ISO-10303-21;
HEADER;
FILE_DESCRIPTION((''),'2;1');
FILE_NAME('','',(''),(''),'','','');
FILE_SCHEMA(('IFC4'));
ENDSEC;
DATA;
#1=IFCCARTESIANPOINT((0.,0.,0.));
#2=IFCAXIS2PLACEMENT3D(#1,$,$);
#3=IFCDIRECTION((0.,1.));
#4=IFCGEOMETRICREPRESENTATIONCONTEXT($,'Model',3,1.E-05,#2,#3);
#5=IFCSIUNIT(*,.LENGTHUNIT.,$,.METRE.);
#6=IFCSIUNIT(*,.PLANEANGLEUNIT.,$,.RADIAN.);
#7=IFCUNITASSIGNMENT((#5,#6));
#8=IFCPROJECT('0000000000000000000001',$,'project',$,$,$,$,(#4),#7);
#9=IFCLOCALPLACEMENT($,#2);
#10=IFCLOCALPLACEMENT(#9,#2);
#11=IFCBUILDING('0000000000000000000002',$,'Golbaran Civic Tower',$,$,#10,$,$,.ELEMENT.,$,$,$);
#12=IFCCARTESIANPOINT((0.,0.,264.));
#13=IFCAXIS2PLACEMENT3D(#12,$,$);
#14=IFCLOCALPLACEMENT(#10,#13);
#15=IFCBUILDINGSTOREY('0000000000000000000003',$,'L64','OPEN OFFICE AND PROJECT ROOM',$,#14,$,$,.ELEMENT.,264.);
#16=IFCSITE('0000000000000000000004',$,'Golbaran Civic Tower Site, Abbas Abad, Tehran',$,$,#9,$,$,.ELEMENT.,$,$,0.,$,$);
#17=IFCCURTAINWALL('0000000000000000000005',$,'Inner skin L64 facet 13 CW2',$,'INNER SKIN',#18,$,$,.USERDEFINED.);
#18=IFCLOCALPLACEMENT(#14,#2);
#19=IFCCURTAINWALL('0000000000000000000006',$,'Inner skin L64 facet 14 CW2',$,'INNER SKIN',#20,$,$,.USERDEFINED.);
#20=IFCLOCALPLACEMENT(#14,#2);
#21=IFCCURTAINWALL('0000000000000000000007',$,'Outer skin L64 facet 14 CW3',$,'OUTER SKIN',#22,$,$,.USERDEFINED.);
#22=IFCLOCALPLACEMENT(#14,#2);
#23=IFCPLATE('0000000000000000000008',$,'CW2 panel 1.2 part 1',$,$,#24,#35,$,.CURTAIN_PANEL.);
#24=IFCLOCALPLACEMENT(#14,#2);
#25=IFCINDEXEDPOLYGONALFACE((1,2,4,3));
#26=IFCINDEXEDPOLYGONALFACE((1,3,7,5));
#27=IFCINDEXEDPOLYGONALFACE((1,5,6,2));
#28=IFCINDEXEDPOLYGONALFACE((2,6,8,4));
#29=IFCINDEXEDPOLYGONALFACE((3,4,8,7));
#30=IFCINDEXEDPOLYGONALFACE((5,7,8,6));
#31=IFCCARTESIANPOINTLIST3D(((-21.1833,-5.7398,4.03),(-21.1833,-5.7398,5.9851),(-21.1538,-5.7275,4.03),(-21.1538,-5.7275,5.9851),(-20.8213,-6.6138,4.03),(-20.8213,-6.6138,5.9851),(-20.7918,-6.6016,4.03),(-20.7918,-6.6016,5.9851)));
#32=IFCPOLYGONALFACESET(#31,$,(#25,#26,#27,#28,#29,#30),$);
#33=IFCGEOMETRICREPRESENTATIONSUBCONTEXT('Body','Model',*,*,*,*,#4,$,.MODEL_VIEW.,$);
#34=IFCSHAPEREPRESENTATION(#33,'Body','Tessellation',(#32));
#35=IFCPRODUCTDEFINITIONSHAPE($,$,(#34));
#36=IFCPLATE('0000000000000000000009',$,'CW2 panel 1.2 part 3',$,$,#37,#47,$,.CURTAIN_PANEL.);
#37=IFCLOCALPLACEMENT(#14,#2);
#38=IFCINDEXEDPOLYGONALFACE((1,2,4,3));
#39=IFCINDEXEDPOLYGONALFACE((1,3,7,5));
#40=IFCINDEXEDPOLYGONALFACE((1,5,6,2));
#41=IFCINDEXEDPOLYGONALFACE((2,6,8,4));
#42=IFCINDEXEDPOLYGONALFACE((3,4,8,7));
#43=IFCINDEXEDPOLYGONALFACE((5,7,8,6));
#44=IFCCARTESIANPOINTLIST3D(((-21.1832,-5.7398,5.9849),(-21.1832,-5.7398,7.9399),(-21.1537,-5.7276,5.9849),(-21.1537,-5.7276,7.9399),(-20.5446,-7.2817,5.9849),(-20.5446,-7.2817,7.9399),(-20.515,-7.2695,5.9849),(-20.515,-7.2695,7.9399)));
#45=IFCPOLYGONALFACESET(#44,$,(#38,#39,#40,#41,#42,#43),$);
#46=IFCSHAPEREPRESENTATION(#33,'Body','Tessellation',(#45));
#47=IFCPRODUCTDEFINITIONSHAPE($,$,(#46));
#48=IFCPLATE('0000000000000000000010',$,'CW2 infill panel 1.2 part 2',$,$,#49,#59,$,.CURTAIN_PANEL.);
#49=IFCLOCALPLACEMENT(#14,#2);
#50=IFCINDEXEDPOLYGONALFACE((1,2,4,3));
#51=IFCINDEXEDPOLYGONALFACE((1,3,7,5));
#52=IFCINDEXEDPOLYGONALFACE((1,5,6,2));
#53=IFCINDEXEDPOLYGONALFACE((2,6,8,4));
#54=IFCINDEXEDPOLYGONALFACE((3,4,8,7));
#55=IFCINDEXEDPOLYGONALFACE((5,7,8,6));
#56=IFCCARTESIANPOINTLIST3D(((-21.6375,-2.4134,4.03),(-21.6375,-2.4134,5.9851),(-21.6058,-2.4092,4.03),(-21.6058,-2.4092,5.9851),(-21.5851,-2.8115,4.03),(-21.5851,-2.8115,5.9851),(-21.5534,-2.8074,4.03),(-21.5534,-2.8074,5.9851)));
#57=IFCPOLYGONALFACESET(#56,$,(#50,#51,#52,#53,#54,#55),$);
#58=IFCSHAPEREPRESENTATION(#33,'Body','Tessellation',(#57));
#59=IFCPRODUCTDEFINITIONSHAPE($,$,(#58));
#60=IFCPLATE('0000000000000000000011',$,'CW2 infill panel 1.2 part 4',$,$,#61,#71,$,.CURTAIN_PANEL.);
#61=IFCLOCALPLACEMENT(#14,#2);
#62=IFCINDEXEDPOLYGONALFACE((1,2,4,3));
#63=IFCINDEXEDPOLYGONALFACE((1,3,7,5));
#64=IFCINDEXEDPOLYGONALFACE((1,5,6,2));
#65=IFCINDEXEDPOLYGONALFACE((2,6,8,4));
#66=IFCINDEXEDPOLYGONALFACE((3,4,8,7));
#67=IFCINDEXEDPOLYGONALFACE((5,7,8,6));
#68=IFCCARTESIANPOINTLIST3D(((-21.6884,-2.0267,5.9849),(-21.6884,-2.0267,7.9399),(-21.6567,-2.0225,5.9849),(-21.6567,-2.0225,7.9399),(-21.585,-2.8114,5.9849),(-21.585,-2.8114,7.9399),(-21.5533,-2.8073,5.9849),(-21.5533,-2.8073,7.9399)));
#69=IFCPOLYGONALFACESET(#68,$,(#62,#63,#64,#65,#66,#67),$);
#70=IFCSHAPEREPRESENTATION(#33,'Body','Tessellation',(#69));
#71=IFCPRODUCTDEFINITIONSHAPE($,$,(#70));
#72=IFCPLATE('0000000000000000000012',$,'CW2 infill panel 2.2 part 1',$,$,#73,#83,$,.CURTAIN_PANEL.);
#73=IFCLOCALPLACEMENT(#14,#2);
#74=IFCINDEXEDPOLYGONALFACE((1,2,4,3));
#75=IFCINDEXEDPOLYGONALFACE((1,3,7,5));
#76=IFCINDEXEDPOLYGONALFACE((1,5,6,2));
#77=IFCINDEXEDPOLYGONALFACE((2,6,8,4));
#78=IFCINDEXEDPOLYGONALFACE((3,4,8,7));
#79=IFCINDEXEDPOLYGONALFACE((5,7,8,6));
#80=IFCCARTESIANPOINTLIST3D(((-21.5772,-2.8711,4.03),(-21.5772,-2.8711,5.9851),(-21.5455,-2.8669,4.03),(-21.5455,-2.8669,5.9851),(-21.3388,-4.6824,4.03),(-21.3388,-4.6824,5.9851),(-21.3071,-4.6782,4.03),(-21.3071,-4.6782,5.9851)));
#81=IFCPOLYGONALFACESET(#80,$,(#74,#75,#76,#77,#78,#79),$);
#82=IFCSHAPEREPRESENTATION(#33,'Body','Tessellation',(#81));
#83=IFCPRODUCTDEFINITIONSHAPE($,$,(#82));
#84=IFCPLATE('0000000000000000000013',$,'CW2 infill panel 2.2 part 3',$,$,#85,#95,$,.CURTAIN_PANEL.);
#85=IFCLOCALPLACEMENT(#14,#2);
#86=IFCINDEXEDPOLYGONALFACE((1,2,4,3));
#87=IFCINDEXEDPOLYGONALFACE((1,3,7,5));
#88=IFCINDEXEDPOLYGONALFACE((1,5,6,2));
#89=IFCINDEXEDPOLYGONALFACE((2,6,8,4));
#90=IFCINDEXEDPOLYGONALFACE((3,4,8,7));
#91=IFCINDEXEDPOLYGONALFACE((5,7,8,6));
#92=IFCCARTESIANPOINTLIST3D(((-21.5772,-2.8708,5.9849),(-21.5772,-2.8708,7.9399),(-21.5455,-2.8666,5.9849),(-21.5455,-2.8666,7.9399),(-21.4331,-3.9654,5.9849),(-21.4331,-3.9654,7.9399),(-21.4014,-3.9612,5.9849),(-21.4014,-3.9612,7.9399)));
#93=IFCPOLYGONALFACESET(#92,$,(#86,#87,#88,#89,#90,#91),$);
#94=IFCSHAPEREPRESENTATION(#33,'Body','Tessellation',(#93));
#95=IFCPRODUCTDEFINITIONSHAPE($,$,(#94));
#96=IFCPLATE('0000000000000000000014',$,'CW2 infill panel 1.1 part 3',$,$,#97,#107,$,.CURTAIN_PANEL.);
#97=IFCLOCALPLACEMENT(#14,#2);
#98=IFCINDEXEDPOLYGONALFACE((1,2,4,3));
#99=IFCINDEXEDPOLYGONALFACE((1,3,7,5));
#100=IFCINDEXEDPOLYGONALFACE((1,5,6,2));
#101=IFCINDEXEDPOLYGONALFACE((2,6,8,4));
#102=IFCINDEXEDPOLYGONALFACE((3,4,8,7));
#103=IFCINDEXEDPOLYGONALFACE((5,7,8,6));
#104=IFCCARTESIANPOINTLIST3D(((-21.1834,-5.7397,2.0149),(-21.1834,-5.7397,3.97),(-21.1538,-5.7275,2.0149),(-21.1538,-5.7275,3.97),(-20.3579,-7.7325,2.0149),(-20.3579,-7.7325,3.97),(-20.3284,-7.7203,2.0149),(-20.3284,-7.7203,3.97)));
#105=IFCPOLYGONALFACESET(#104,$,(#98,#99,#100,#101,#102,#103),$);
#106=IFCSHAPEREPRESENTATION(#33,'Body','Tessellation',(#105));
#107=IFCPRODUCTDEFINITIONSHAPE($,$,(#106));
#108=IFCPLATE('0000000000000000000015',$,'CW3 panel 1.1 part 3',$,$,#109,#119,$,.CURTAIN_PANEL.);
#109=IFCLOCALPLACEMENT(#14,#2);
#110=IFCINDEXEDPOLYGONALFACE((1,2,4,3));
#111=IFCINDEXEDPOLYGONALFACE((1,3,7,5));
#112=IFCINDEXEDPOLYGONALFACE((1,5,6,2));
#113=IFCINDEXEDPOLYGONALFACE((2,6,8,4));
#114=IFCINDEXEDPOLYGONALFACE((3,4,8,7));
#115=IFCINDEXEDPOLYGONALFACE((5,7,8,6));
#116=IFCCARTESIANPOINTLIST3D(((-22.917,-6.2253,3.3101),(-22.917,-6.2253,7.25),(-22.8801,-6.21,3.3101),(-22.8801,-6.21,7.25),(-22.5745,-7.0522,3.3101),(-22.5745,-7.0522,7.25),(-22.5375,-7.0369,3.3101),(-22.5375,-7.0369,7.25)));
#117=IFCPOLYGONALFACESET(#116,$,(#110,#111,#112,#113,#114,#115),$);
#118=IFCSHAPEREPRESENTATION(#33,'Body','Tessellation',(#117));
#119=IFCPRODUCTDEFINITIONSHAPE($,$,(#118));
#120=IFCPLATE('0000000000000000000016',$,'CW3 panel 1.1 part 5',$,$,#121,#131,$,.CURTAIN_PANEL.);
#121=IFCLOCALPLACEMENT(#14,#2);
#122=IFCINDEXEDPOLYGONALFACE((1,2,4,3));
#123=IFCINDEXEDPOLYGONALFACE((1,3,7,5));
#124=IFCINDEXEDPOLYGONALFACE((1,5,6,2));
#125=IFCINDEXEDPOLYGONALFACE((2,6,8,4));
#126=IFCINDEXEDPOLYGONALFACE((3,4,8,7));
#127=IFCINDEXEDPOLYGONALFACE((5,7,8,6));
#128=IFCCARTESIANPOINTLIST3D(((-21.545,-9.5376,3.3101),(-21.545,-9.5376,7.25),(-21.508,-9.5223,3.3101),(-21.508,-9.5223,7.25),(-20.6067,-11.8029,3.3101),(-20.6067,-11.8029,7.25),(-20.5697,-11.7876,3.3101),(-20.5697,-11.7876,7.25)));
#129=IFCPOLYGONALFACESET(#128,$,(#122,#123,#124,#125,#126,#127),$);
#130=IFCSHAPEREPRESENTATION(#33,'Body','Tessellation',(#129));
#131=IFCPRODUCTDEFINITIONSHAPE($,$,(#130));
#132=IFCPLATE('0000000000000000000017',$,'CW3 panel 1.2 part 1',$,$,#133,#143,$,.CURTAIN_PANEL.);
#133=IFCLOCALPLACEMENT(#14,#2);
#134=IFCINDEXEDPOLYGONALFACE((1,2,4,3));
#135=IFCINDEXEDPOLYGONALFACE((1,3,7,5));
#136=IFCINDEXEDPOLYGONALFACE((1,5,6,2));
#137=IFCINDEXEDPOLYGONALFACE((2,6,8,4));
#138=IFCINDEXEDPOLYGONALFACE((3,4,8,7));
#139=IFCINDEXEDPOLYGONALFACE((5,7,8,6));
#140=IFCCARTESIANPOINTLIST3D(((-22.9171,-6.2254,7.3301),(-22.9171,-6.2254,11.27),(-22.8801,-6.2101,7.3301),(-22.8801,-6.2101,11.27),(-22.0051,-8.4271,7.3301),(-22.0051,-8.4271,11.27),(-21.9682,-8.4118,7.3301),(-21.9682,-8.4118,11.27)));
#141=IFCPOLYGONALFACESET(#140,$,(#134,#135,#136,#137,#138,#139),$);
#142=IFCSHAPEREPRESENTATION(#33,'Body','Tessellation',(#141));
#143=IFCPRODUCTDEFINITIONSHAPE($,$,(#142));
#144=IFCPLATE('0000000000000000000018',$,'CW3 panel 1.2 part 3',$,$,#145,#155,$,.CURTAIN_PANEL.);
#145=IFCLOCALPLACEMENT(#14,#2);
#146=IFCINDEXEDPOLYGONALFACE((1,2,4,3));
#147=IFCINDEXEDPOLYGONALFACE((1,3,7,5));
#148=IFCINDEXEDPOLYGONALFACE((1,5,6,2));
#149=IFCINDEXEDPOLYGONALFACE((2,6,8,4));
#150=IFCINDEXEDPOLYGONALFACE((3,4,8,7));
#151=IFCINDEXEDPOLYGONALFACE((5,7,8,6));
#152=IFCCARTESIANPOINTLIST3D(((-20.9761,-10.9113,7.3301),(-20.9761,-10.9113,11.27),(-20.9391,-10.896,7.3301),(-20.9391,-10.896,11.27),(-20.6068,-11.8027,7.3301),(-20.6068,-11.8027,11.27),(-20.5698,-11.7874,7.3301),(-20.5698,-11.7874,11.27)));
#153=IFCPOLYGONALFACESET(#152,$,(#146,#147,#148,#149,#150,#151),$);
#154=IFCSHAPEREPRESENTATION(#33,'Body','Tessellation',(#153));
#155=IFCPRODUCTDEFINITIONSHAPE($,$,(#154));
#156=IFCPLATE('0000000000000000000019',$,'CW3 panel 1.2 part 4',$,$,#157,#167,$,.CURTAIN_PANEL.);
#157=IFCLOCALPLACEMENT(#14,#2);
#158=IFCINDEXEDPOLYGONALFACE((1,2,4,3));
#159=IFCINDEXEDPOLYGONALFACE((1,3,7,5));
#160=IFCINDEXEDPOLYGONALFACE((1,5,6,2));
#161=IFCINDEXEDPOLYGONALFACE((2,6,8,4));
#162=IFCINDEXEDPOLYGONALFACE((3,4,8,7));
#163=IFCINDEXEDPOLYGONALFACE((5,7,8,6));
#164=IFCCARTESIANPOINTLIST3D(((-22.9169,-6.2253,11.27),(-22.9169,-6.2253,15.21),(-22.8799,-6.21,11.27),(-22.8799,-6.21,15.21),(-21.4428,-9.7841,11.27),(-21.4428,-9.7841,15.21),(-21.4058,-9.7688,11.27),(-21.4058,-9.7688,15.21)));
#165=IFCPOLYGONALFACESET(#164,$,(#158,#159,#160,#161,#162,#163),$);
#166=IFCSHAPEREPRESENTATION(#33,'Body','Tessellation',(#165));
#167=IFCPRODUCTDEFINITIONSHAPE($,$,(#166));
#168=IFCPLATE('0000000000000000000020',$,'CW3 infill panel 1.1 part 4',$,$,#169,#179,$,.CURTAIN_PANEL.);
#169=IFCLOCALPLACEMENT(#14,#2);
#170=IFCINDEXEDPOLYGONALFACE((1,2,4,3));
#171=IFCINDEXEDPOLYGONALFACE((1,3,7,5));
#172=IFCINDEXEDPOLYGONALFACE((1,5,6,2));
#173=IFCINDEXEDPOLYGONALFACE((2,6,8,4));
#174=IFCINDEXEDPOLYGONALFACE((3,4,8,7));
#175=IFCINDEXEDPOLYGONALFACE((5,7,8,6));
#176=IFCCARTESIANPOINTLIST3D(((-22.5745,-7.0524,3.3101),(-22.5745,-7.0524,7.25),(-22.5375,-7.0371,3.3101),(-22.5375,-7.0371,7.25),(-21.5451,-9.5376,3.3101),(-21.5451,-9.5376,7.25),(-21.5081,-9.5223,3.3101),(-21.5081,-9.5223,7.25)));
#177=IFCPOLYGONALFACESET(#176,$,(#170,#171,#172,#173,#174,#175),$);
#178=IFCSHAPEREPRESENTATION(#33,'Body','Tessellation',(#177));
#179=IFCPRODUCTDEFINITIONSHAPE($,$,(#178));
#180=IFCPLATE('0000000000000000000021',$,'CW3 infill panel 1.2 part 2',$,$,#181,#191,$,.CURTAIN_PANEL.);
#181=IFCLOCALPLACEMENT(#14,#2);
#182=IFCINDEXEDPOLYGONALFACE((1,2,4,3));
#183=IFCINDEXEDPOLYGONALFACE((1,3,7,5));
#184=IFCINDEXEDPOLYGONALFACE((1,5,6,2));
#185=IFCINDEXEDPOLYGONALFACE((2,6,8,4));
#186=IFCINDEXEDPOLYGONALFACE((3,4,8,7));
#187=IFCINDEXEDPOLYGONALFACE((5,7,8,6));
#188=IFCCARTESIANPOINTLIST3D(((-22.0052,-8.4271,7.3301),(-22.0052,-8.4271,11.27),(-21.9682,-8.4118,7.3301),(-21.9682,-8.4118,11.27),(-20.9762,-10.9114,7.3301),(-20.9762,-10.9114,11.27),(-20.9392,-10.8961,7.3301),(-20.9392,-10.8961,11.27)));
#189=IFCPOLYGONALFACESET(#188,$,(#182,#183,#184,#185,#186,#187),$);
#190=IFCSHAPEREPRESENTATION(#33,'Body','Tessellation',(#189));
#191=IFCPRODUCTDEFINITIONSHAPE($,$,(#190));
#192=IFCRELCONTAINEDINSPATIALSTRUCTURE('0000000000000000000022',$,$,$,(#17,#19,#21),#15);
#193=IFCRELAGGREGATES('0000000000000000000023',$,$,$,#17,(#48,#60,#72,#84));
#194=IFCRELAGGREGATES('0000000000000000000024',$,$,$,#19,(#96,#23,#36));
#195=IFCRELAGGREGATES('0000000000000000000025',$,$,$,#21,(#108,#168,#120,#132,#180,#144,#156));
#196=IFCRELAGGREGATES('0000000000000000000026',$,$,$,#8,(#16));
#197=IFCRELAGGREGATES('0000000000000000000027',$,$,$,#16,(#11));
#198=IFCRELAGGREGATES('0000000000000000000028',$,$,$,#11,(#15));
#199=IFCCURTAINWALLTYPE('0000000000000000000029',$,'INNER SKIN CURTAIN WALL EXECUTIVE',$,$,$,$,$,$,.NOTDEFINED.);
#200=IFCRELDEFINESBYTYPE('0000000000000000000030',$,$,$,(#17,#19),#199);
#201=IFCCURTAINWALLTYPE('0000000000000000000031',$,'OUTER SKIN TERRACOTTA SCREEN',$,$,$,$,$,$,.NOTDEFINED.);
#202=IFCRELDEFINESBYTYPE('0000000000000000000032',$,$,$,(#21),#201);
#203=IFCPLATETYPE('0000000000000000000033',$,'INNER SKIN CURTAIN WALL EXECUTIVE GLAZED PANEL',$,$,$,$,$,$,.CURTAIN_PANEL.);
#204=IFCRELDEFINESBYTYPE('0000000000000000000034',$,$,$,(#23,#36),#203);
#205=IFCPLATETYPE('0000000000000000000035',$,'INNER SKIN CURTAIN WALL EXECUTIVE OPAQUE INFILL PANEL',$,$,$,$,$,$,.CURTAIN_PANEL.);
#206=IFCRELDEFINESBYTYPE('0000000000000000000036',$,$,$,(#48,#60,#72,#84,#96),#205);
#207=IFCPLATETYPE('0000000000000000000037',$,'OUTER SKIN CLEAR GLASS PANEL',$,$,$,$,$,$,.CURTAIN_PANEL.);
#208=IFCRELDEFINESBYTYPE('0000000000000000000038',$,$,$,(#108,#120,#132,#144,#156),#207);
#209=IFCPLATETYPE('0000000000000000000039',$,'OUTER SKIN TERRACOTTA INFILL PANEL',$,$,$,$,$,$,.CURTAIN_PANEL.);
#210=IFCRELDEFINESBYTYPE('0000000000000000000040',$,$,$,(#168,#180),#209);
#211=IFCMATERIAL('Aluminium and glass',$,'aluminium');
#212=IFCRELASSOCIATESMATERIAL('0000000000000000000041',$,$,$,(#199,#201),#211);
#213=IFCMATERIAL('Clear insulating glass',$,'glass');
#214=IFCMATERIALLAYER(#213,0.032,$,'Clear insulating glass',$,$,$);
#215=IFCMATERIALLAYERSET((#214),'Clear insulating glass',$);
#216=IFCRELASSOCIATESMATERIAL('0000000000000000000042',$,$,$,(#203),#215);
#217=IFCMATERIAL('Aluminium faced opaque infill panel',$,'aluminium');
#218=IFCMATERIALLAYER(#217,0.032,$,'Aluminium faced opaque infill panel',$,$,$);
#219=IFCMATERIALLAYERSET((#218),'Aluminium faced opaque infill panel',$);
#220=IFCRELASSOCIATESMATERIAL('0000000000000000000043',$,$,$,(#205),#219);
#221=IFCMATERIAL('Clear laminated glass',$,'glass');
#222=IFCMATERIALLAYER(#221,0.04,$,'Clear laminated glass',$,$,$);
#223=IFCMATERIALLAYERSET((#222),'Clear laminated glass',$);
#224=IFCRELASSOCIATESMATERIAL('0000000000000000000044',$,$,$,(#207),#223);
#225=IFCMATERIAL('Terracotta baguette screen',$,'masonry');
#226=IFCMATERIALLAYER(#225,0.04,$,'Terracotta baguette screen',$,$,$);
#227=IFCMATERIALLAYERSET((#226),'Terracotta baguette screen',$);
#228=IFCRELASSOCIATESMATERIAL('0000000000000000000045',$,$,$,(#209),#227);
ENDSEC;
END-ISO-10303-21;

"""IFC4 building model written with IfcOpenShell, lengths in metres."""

from ifc_helpers import new_model, si_unit, direction, frame, origin, origin_2d, place, context, subcontext, project, spatial, rectangle, extrude, material, layer, layer_set, type_object, element, aggregate, save


model = new_model("IFC4")

# Units and contexts
model_context = context("Model", 3, precision=1e-05, world=origin(), true_north=direction((0.0, 1.0)))
body_context = subcontext(model_context, "Body", "Model", "MODEL_VIEW")
ifc_project = project(units=[si_unit("LENGTHUNIT", "METRE"), si_unit("PLANEANGLEUNIT", "RADIAN")], contexts=[model_context])

# Site, building, storey
site_placement = place(None, origin())
site = spatial("IfcSite", under=ifc_project, at=site_placement, Name="Golbaran Civic Tower Site, Abbas Abad, Tehran", CompositionType="ELEMENT", RefElevation=0.0)
building_placement = place(site_placement, origin())
building = spatial("IfcBuilding", under=site, at=building_placement, Name="Golbaran Civic Tower", CompositionType="ELEMENT")
storey_placement = place(building_placement, frame((0.0, 0.0, 264.0)))
storey = spatial("IfcBuildingStorey", under=building, at=storey_placement, Name="L64", Description="OPEN OFFICE AND PROJECT ROOM", CompositionType="ELEMENT", Elevation=264.0)

# Curtain walls
ifc_material_1 = material(Name="Aluminium and glass", Category="aluminium")
curtain_wall_type_1 = type_object("IfcCurtainWallType", Name="INNER SKIN CURTAIN WALL EXECUTIVE", PredefinedType="NOTDEFINED", material=ifc_material_1)
curtain_wall_1_placement = place(storey_placement, origin())
curtain_wall_1 = element("IfcCurtainWall", 1, at=curtain_wall_1_placement, inside=storey, type_object=curtain_wall_type_1, Name="Inner skin L64 facet 13 CW2", ObjectType="INNER SKIN", PredefinedType="USERDEFINED")
curtain_wall_2_placement = place(storey_placement, origin())
curtain_wall_2 = element("IfcCurtainWall", 2, at=curtain_wall_2_placement, inside=storey, type_object=curtain_wall_type_1, Name="Inner skin L64 facet 14 CW2", ObjectType="INNER SKIN", PredefinedType="USERDEFINED")
curtain_wall_type_2 = type_object("IfcCurtainWallType", Name="OUTER SKIN TERRACOTTA SCREEN", PredefinedType="NOTDEFINED", material=ifc_material_1)
curtain_wall_3_placement = place(storey_placement, origin())
curtain_wall_3 = element("IfcCurtainWall", 3, at=curtain_wall_3_placement, inside=storey, type_object=curtain_wall_type_2, Name="Outer skin L64 facet 14 CW3", ObjectType="OUTER SKIN", PredefinedType="USERDEFINED")

# Plates
ifc_material_2 = material(Name="Clear insulating glass", Category="glass")
ifc_layer_1 = layer(ifc_material_2, 0.032, Name="Clear insulating glass")
ifc_layer_set_1 = layer_set([ifc_layer_1], Name="Clear insulating glass")
plate_type_1 = type_object("IfcPlateType", Name="INNER SKIN CURTAIN WALL EXECUTIVE GLAZED PANEL", PredefinedType="CURTAIN_PANEL", material=ifc_layer_set_1)
plate_1_placement = place(storey_placement, frame((-20.9875, -6.1707, 4.03), z_axis=(0.0, 0.0, 1.0), x_axis=(0.382683, -0.92388, 0.0)))
plate_1 = element("IfcPlate", 4, at=plate_1_placement, type_object=plate_type_1, Name="CW2 panel 1.2 part 1", PredefinedType="CURTAIN_PANEL", context=body_context, shape_type="SweptSolid", body=[
    extrude(rectangle(XDim=0.946, YDim=0.032, at=origin_2d()), origin(), (0.0, 0.0, 1.0), 1.9551),
])
plate_2_placement = place(storey_placement, frame((-20.8491, -6.5046, 5.9849), z_axis=(0.0, 0.0, 1.0), x_axis=(0.382683, -0.92388, 0.0)))
plate_2 = element("IfcPlate", 5, at=plate_2_placement, type_object=plate_type_1, Name="CW2 panel 1.2 part 3", PredefinedType="CURTAIN_PANEL", context=body_context, shape_type="SweptSolid", body=[
    extrude(rectangle(XDim=1.6689, YDim=0.032, at=origin_2d()), origin(), (0.0, 0.0, 1.0), 1.9551),
])
ifc_material_3 = material(Name="Aluminium faced opaque infill panel", Category="aluminium")
ifc_layer_2 = layer(ifc_material_3, 0.032, Name="Aluminium faced opaque infill panel")
ifc_layer_set_2 = layer_set([ifc_layer_2], Name="Aluminium faced opaque infill panel")
plate_type_2 = type_object("IfcPlateType", Name="INNER SKIN CURTAIN WALL EXECUTIVE OPAQUE INFILL PANEL", PredefinedType="CURTAIN_PANEL", material=ifc_layer_set_2)
plate_3_placement = place(storey_placement, frame((-21.5955, -2.6104, 4.03), z_axis=(0.0, 0.0, 1.0), x_axis=(0.130526, -0.991445, 0.0)))
plate_3 = element("IfcPlate", 6, at=plate_3_placement, type_object=plate_type_2, Name="CW2 infill panel 1.2 part 2", PredefinedType="CURTAIN_PANEL", context=body_context, shape_type="SweptSolid", body=[
    extrude(rectangle(XDim=0.4016, YDim=0.032, at=origin_2d()), origin(), (0.0, 0.0, 1.0), 1.9551),
])
plate_4_placement = place(storey_placement, frame((-21.6208, -2.417, 5.9849), z_axis=(0.0, 0.0, 1.0), x_axis=(0.130526, -0.991445, 0.0)))
plate_4 = element("IfcPlate", 7, at=plate_4_placement, type_object=plate_type_2, Name="CW2 infill panel 1.2 part 4", PredefinedType="CURTAIN_PANEL", context=body_context, shape_type="SweptSolid", body=[
    extrude(rectangle(XDim=0.7915, YDim=0.032, at=origin_2d()), origin(), (0.0, 0.0, 1.0), 1.9551),
])
plate_5_placement = place(storey_placement, frame((-21.4421, -3.7747, 4.03), z_axis=(0.0, 0.0, 1.0), x_axis=(0.130526, -0.991445, 0.0)))
plate_5 = element("IfcPlate", 8, at=plate_5_placement, type_object=plate_type_2, Name="CW2 infill panel 2.2 part 1", PredefinedType="CURTAIN_PANEL", context=body_context, shape_type="SweptSolid", body=[
    extrude(rectangle(XDim=1.8269, YDim=0.032, at=origin_2d()), origin(), (0.0, 0.0, 1.0), 1.9551),
])
plate_6_placement = place(storey_placement, frame((-21.4893, -3.416, 5.9849), z_axis=(0.0, 0.0, 1.0), x_axis=(0.130526, -0.991445, 0.0)))
plate_6 = element("IfcPlate", 9, at=plate_6_placement, type_object=plate_type_2, Name="CW2 infill panel 2.2 part 3", PredefinedType="CURTAIN_PANEL", context=body_context, shape_type="SweptSolid", body=[
    extrude(rectangle(XDim=1.104, YDim=0.032, at=origin_2d()), origin(), (0.0, 0.0, 1.0), 1.9551),
])
aggregate(curtain_wall_1, [plate_3, plate_4, plate_5, plate_6])
plate_7_placement = place(storey_placement, frame((-20.7559, -6.73, 2.0149), z_axis=(0.0, 0.0, 1.0), x_axis=(0.382683, -0.92388, 0.0)))
plate_7 = element("IfcPlate", 10, at=plate_7_placement, type_object=plate_type_2, Name="CW2 infill panel 1.1 part 3", PredefinedType="CURTAIN_PANEL", context=body_context, shape_type="SweptSolid", body=[
    extrude(rectangle(XDim=2.157, YDim=0.032, at=origin_2d()), origin(), (0.0, 0.0, 1.0), 1.9551),
])
aggregate(curtain_wall_2, [plate_7, plate_1, plate_2])
ifc_material_4 = material(Name="Clear laminated glass", Category="glass")
ifc_layer_3 = layer(ifc_material_4, 0.04, Name="Clear laminated glass")
ifc_layer_set_3 = layer_set([ifc_layer_3], Name="Clear laminated glass")
plate_type_3 = type_object("IfcPlateType", Name="OUTER SKIN CLEAR GLASS PANEL", PredefinedType="CURTAIN_PANEL", material=ifc_layer_set_3)
plate_8_placement = place(storey_placement, frame((-22.7273, -6.6311, 3.3101), z_axis=(0.0, 0.0, 1.0), x_axis=(0.382683, -0.92388, 0.0)))
plate_8 = element("IfcPlate", 11, at=plate_8_placement, type_object=plate_type_3, Name="CW3 panel 1.1 part 3", PredefinedType="CURTAIN_PANEL", context=body_context, shape_type="SweptSolid", body=[
    extrude(rectangle(XDim=0.895, YDim=0.04, at=origin_2d()), origin(), (0.0, 0.0, 1.0), 3.9399),
])
plate_9_placement = place(storey_placement, frame((-21.0574, -10.6626, 3.3101), z_axis=(0.0, 0.0, 1.0), x_axis=(0.382683, -0.92388, 0.0)))
plate_9 = element("IfcPlate", 12, at=plate_9_placement, type_object=plate_type_3, Name="CW3 panel 1.1 part 5", PredefinedType="CURTAIN_PANEL", context=body_context, shape_type="SweptSolid", body=[
    extrude(rectangle(XDim=2.4519, YDim=0.04, at=origin_2d()), origin(), (0.0, 0.0, 1.0), 3.9399),
])
plate_10_placement = place(storey_placement, frame((-22.4426, -7.3186, 7.3301), z_axis=(0.0, 0.0, 1.0), x_axis=(0.382683, -0.92388, 0.0)))
plate_10 = element("IfcPlate", 13, at=plate_10_placement, type_object=plate_type_3, Name="CW3 panel 1.2 part 1", PredefinedType="CURTAIN_PANEL", context=body_context, shape_type="SweptSolid", body=[
    extrude(rectangle(XDim=2.3831, YDim=0.04, at=origin_2d()), origin(), (0.0, 0.0, 1.0), 3.9399),
])
plate_11_placement = place(storey_placement, frame((-20.7729, -11.3494, 7.3301), z_axis=(0.0, 0.0, 1.0), x_axis=(0.382683, -0.92388, 0.0)))
plate_11 = element("IfcPlate", 14, at=plate_11_placement, type_object=plate_type_3, Name="CW3 panel 1.2 part 3", PredefinedType="CURTAIN_PANEL", context=body_context, shape_type="SweptSolid", body=[
    extrude(rectangle(XDim=0.9648, YDim=0.04, at=origin_2d()), origin(), (0.0, 0.0, 1.0), 3.9399),
])
plate_12_placement = place(storey_placement, frame((-22.1614, -7.9971, 11.27), z_axis=(0.0, 0.0, 1.0), x_axis=(0.382683, -0.92388, 0.0)))
plate_12 = element("IfcPlate", 15, at=plate_12_placement, type_object=plate_type_3, Name="CW3 panel 1.2 part 4", PredefinedType="CURTAIN_PANEL", context=body_context, shape_type="SweptSolid", body=[
    extrude(rectangle(XDim=3.8521, YDim=0.04, at=origin_2d()), origin(), (0.0, 0.0, 1.0), 3.9399),
])
ifc_material_5 = material(Name="Terracotta baguette screen", Category="masonry")
ifc_layer_4 = layer(ifc_material_5, 0.04, Name="Terracotta baguette screen")
ifc_layer_set_4 = layer_set([ifc_layer_4], Name="Terracotta baguette screen")
plate_type_4 = type_object("IfcPlateType", Name="OUTER SKIN TERRACOTTA INFILL PANEL", PredefinedType="CURTAIN_PANEL", material=ifc_layer_set_4)
plate_13_placement = place(storey_placement, frame((-22.0413, -8.2874, 3.3101), z_axis=(0.0, 0.0, 1.0), x_axis=(0.382683, -0.92388, 0.0)))
plate_13 = element("IfcPlate", 16, at=plate_13_placement, type_object=plate_type_4, Name="CW3 infill panel 1.1 part 4", PredefinedType="CURTAIN_PANEL", context=body_context, shape_type="SweptSolid", body=[
    extrude(rectangle(XDim=2.6899, YDim=0.04, at=origin_2d()), origin(), (0.0, 0.0, 1.0), 3.9399),
])
plate_14_placement = place(storey_placement, frame((-21.4722, -9.6616, 7.3301), z_axis=(0.0, 0.0, 1.0), x_axis=(0.382683, -0.92388, 0.0)))
plate_14 = element("IfcPlate", 17, at=plate_14_placement, type_object=plate_type_4, Name="CW3 infill panel 1.2 part 2", PredefinedType="CURTAIN_PANEL", context=body_context, shape_type="SweptSolid", body=[
    extrude(rectangle(XDim=2.689, YDim=0.04, at=origin_2d()), origin(), (0.0, 0.0, 1.0), 3.9399),
])
aggregate(curtain_wall_3, [plate_8, plate_13, plate_9, plate_10, plate_14, plate_11, plate_12])

save(model, "model.ifc")
